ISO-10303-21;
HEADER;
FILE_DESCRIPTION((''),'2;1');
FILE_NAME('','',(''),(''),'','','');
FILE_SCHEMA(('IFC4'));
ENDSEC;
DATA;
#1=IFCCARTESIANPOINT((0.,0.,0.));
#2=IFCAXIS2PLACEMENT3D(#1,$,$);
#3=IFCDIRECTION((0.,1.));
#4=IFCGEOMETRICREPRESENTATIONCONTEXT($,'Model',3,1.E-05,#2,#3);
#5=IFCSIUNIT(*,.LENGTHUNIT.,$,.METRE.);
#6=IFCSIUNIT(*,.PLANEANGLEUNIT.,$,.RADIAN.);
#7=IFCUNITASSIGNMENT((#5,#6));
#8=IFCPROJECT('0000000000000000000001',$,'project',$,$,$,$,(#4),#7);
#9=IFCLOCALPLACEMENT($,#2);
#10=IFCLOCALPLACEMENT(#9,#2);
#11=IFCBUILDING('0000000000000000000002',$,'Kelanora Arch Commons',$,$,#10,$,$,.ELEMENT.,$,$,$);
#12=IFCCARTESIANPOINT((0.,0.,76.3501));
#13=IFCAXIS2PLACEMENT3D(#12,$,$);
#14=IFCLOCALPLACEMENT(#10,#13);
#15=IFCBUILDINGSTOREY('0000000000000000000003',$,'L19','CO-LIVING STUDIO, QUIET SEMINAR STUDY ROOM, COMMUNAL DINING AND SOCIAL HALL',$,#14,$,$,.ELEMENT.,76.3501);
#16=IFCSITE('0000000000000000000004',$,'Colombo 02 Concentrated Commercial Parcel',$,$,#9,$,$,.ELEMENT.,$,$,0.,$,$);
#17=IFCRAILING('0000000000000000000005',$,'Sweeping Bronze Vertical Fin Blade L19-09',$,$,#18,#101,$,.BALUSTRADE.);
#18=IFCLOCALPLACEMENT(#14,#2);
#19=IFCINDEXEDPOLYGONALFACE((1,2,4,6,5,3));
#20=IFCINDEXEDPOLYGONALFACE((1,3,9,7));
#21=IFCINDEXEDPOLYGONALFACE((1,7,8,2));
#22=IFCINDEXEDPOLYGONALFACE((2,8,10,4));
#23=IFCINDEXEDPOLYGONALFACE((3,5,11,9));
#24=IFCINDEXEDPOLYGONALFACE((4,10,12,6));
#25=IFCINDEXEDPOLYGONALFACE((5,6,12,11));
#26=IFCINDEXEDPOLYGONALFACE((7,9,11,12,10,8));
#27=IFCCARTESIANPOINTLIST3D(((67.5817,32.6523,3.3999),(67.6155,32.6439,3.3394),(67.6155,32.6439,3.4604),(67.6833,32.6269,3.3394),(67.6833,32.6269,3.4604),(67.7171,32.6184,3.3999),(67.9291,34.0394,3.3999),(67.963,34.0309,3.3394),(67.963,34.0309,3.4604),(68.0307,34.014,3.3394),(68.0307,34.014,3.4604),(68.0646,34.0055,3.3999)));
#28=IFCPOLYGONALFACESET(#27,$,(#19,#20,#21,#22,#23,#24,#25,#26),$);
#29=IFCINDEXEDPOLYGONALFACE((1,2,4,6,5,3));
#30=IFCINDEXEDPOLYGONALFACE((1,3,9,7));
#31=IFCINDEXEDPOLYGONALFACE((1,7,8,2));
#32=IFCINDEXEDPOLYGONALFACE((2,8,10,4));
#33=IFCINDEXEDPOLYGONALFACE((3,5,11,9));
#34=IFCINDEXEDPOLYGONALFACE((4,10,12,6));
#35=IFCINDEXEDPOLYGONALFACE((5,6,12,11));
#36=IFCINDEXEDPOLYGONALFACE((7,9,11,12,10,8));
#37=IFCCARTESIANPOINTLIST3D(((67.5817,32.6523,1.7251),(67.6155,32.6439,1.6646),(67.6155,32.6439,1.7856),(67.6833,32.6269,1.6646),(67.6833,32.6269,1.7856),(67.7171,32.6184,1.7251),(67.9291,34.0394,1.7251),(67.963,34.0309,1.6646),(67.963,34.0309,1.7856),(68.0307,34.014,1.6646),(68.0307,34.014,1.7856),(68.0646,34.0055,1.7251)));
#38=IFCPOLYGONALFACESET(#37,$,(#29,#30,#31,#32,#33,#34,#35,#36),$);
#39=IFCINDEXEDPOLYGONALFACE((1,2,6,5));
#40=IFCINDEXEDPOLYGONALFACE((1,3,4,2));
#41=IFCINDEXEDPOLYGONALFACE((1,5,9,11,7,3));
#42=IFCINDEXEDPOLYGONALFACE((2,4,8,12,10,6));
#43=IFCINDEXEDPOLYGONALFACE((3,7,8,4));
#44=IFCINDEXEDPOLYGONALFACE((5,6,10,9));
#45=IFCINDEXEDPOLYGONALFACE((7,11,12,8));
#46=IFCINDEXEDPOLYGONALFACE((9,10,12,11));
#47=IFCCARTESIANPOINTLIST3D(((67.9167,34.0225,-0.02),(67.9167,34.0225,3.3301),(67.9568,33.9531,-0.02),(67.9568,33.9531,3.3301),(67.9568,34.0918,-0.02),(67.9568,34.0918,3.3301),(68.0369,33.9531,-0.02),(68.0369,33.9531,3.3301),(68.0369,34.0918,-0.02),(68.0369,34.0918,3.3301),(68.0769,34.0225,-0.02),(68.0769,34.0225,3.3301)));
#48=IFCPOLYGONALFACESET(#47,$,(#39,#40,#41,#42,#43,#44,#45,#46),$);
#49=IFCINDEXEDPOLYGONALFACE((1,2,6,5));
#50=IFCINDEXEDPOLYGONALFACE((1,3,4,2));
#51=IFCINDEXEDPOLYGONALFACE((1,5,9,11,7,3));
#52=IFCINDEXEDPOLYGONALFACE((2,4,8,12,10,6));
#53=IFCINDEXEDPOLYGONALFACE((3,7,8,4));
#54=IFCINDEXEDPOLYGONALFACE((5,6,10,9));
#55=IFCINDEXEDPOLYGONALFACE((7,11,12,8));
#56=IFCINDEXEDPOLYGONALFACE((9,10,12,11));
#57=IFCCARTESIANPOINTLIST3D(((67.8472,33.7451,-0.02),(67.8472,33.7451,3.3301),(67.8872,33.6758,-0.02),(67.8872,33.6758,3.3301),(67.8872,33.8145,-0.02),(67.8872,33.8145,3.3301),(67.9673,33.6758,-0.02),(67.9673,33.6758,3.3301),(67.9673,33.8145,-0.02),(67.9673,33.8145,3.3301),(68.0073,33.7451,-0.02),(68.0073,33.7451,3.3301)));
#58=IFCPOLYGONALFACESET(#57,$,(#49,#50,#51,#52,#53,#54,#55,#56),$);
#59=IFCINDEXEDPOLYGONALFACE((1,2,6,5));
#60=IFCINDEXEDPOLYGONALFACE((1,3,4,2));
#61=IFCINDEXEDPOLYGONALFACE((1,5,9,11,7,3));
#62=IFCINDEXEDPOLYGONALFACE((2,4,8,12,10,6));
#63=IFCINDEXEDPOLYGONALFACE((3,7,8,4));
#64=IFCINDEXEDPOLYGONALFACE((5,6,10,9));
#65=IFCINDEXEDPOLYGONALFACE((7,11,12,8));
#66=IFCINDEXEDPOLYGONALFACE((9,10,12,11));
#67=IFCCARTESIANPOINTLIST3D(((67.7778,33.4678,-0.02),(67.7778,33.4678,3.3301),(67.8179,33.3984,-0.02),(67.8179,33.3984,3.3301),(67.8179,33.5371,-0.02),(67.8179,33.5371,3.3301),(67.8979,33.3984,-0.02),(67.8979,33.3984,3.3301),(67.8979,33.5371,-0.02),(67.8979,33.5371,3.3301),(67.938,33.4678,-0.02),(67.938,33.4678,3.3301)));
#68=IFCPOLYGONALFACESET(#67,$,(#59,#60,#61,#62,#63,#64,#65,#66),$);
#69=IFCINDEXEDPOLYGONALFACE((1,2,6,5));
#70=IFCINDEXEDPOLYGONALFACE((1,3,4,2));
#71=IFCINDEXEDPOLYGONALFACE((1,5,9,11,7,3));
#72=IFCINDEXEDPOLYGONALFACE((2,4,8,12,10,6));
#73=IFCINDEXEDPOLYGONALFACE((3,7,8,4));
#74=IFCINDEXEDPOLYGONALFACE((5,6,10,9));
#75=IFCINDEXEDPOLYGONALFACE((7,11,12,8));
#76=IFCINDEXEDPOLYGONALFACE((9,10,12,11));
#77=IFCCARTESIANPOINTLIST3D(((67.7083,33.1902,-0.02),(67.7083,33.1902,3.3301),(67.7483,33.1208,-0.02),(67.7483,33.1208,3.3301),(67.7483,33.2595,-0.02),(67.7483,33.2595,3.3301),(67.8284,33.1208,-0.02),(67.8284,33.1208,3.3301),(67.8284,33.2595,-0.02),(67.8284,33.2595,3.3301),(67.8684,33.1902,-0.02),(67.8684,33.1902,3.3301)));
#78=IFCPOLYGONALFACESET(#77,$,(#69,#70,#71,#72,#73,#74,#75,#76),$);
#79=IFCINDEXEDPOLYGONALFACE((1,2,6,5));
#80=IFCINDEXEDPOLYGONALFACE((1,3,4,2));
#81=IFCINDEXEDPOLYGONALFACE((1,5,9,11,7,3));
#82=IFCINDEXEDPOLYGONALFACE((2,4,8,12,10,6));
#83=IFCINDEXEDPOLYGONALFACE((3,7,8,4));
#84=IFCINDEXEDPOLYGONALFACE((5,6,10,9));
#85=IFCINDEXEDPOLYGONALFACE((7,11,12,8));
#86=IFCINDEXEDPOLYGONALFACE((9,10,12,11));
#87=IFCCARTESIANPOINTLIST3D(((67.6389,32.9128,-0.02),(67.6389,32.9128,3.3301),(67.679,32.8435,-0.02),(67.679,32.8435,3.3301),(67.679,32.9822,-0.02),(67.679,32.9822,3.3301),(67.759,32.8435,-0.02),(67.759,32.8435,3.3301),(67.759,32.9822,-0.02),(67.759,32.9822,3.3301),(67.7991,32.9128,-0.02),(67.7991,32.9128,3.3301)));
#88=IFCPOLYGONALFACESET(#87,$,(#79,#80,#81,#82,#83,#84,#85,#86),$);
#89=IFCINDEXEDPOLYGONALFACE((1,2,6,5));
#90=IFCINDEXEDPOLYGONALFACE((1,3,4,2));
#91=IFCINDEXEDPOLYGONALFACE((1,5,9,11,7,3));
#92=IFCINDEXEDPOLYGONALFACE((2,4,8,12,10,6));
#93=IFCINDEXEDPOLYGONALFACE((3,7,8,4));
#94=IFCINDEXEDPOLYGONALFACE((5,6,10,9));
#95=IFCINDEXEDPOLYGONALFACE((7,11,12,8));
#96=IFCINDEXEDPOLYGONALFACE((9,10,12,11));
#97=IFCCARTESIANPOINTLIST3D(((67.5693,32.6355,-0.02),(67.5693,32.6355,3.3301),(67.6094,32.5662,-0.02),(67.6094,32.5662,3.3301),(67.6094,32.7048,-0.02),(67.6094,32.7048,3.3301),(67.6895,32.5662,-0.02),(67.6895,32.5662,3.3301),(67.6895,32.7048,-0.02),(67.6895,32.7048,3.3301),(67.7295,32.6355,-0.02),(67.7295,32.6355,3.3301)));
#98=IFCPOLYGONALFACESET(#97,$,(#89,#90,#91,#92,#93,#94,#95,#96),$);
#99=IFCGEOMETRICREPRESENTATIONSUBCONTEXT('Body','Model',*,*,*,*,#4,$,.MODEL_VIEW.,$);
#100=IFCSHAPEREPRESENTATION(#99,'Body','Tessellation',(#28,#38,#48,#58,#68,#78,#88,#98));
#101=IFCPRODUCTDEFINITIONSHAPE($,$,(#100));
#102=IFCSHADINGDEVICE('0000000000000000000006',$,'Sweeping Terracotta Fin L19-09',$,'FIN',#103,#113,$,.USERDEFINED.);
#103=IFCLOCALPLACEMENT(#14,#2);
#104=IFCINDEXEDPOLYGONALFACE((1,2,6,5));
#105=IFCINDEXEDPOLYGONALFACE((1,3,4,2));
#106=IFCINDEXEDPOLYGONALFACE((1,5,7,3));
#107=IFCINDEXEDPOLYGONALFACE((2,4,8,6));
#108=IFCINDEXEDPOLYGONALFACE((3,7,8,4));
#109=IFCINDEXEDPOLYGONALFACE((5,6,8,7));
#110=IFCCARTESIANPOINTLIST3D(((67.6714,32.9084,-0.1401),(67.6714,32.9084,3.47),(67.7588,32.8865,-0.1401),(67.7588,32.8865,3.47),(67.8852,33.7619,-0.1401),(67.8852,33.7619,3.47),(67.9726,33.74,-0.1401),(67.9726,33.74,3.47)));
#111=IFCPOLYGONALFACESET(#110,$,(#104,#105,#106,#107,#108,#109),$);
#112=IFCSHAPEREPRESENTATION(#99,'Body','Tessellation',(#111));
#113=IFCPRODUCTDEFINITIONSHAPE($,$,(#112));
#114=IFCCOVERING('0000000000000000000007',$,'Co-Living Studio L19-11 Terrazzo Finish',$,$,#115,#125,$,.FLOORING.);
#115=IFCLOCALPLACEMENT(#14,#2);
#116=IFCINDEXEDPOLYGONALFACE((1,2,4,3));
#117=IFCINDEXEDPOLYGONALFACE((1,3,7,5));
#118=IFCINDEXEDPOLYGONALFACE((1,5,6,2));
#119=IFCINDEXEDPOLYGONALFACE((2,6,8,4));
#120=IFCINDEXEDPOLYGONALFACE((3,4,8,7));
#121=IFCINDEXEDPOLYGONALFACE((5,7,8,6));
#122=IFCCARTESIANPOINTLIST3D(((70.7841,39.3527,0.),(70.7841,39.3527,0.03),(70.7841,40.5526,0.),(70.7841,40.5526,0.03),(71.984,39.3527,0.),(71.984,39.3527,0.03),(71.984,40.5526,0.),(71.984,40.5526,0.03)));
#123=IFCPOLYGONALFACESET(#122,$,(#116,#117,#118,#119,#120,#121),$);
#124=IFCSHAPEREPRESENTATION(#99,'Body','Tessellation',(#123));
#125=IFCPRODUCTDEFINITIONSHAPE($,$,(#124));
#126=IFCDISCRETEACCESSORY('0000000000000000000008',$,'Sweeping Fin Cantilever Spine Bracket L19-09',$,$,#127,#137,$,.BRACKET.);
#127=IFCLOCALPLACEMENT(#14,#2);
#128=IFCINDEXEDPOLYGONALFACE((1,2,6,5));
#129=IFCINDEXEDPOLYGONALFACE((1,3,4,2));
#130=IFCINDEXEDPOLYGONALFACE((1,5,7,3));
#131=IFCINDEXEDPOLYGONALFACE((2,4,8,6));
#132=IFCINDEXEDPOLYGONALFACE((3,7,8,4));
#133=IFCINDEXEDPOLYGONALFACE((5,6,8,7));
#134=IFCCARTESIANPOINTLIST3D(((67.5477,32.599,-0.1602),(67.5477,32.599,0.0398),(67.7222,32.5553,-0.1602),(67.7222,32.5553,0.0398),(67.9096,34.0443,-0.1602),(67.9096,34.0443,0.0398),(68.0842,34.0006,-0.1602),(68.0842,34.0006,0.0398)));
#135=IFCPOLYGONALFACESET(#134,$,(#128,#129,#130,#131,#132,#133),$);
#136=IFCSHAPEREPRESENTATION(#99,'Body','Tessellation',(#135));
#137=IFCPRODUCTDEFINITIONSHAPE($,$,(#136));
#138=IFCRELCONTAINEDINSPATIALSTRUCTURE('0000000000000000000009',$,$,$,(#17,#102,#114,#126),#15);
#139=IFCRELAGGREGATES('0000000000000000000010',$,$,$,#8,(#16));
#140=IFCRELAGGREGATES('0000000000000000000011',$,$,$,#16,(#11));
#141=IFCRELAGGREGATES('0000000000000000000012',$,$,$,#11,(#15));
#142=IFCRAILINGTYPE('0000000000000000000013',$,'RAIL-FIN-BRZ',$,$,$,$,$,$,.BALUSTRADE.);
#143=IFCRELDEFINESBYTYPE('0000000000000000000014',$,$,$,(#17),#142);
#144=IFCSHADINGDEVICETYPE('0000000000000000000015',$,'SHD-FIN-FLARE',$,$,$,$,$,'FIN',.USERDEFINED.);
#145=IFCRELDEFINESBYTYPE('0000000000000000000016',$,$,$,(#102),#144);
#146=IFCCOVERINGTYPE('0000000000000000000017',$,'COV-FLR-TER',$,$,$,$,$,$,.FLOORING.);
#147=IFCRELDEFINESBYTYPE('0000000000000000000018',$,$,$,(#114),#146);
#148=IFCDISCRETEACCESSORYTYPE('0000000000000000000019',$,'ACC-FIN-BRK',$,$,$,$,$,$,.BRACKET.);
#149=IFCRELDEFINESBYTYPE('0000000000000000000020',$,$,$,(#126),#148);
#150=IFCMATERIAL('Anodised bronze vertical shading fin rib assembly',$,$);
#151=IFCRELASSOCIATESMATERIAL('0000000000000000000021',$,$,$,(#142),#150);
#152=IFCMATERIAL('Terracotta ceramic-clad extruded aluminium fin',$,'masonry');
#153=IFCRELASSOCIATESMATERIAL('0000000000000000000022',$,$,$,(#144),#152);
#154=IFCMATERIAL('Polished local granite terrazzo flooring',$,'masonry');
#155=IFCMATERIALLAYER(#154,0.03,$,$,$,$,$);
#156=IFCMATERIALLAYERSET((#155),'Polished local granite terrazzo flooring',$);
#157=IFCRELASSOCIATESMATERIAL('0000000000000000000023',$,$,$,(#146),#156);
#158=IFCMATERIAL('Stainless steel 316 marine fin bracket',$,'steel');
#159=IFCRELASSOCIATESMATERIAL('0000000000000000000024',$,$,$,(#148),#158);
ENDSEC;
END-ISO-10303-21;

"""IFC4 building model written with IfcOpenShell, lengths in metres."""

from ifc_helpers import new_model, si_unit, direction, frame, origin, origin_2d, place, context, subcontext, project, spatial, polyline, rectangle, outline, extrude, source, transform, mapped, material, layer, layer_set, type_object, element, save


model = new_model("IFC4")

# Units and contexts
model_context = context("Model", 3, precision=1e-05, world=origin(), true_north=direction((0.0, 1.0)))
body_context = subcontext(model_context, "Body", "Model", "MODEL_VIEW")
ifc_project = project(units=[si_unit("LENGTHUNIT", "METRE"), si_unit("PLANEANGLEUNIT", "RADIAN")], contexts=[model_context])

# Site, building, storey
site_placement = place(None, origin())
site = spatial("IfcSite", under=ifc_project, at=site_placement, Name="Colombo 02 Concentrated Commercial Parcel", CompositionType="ELEMENT", RefElevation=0.0)
building_placement = place(site_placement, origin())
building = spatial("IfcBuilding", under=site, at=building_placement, Name="Kelanora Arch Commons", CompositionType="ELEMENT")
storey_placement = place(building_placement, frame((0.0, 0.0, 76.3501)))
storey = spatial("IfcBuildingStorey", under=building, at=storey_placement, Name="L19", Description="CO-LIVING STUDIO, QUIET SEMINAR STUDY ROOM, COMMUNAL DINING AND SOCIAL HALL", CompositionType="ELEMENT", Elevation=76.3501)

# Railing
ifc_material_1 = material(Name="Anodised bronze vertical shading fin rib assembly")
railing_type = type_object("IfcRailingType", Name="RAIL-FIN-BRZ", PredefinedType="BALUSTRADE", material=ifc_material_1)
railing_placement = place(storey_placement, frame((67.9968, 34.0225, -0.02)))
element("IfcRailing", 1, at=railing_placement, inside=storey, type_object=railing_type, Name="Sweeping Bronze Vertical Fin Blade L19-09", PredefinedType="BALUSTRADE", context=body_context, shape_type="SweptSolid", body=[
    extrude(outline(polyline([(0.0698, 0.0), (0.0349, 0.0605), (-0.0349, 0.0605), (-0.0698, 0.0), (-0.0349, -0.0605), (0.0349, -0.0605), (0.0698, 0.0)])), frame((0.0, 0.0, 3.4199), z_axis=(-0.242978, -0.970032, 0.0), x_axis=(0.970032, -0.242978, 0.0)), (0.0, 0.0, 1.0), 1.4299),
    extrude(outline(polyline([(0.0698, 0.0), (0.0349, 0.0605), (-0.0349, 0.0605), (-0.0698, 0.0), (-0.0349, -0.0605), (0.0349, -0.0605), (0.0698, 0.0)])), frame((0.0, 0.0, 1.7451), z_axis=(-0.242978, -0.970032, 0.0), x_axis=(0.970032, -0.242978, 0.0)), (0.0, 0.0, 1.0), 1.4299),
    extrude(outline(polyline([(0.0801, 0.0), (0.04, 0.0693), (-0.04, 0.0693), (-0.0801, 0.0), (-0.04, -0.0693), (0.04, -0.0693), (0.0801, 0.0)])), origin(), (0.0, 0.0, 1.0), 3.3501),
    extrude(outline(polyline([(0.0801, 0.0), (0.04, 0.0693), (-0.04, 0.0693), (-0.0801, 0.0), (-0.04, -0.0693), (0.04, -0.0693), (0.0801, 0.0)])), frame((-0.0696, -0.2773, 0.0)), (0.0, 0.0, 1.0), 3.3501),
    extrude(outline(polyline([(0.0801, 0.0), (0.04, 0.0693), (-0.04, 0.0693), (-0.0801, 0.0), (-0.04, -0.0693), (0.04, -0.0693), (0.0801, 0.0)])), frame((-0.1389, -0.5547, 0.0)), (0.0, 0.0, 1.0), 3.3501),
    extrude(outline(polyline([(0.0801, 0.0), (0.04, 0.0693), (-0.04, 0.0693), (-0.0801, 0.0), (-0.04, -0.0693), (0.04, -0.0693), (0.0801, 0.0)])), frame((-0.2085, -0.8323, 0.0)), (0.0, 0.0, 1.0), 3.3501),
    extrude(outline(polyline([(0.0801, 0.0), (0.04, 0.0693), (-0.04, 0.0693), (-0.0801, 0.0), (-0.04, -0.0693), (0.04, -0.0693), (0.0801, 0.0)])), frame((-0.2778, -1.1096, 0.0)), (0.0, 0.0, 1.0), 3.3501),
    extrude(outline(polyline([(0.0801, 0.0), (0.04, 0.0693), (-0.04, 0.0693), (-0.0801, 0.0), (-0.04, -0.0693), (0.04, -0.0693), (0.0801, 0.0)])), frame((-0.3474, -1.387, 0.0)), (0.0, 0.0, 1.0), 3.3501),
])

# Shading device
ifc_material_2 = material(Name="Terracotta ceramic-clad extruded aluminium fin", Category="masonry")
shading_device_type = type_object("IfcShadingDeviceType", Name="SHD-FIN-FLARE", ElementType="FIN", PredefinedType="USERDEFINED", material=ifc_material_2)
shared_shape_1 = source(origin(), body_context, "Body", "SweptSolid", [
    extrude(rectangle(XDim=0.8799, YDim=0.0901, at=origin_2d()), origin(), (0.0, 0.0, 1.0), 3.6101),
])
shading_device_placement = place(storey_placement, frame((67.822, 33.3242, -0.1401), z_axis=(0.0, 0.0, 1.0), x_axis=(-0.242938, -0.970042, 0.0)))
element("IfcShadingDevice", 2, at=shading_device_placement, inside=storey, type_object=shading_device_type, Name="Sweeping Terracotta Fin L19-09", ObjectType="FIN", PredefinedType="USERDEFINED", context=body_context, shape_type="MappedRepresentation", body=[
    mapped(shared_shape_1, transform((0.0, 0.0, 0.0), scale=1.0)),
])

# Covering
ifc_material_3 = material(Name="Polished local granite terrazzo flooring", Category="masonry")
ifc_layer_1 = layer(ifc_material_3, 0.03)
ifc_layer_set_1 = layer_set([ifc_layer_1], Name="Polished local granite terrazzo flooring")
covering_type = type_object("IfcCoveringType", Name="COV-FLR-TER", PredefinedType="FLOORING", material=ifc_layer_set_1)
shared_shape_2 = source(origin(), body_context, "Body", "SweptSolid", [
    extrude(rectangle(XDim=1.2, YDim=1.2, at=origin_2d()), origin(), (0.0, 0.0, 1.0), 0.03),
])
covering_placement = place(storey_placement, frame((71.384, 39.9526, 0.0), z_axis=(0.0, 0.0, 1.0), x_axis=(1.0, 0.0, 0.0)))
element("IfcCovering", 3, at=covering_placement, inside=storey, type_object=covering_type, Name="Co-Living Studio L19-11 Terrazzo Finish", PredefinedType="FLOORING", context=body_context, shape_type="MappedRepresentation", body=[
    mapped(shared_shape_2, transform((0.0, 0.0, 0.0), scale=1.0)),
])

# Discrete accessory
ifc_material_4 = material(Name="Stainless steel 316 marine fin bracket", Category="steel")
discrete_accessory_type = type_object("IfcDiscreteAccessoryType", Name="ACC-FIN-BRK", PredefinedType="BRACKET", material=ifc_material_4)
shared_shape_3 = source(origin(), body_context, "Body", "SweptSolid", [
    extrude(rectangle(XDim=1.49, YDim=0.1799, at=origin_2d()), origin(), (0.0, 0.0, 1.0), 0.2),
])
discrete_accessory_placement = place(storey_placement, frame((67.8159, 33.2998, -0.1602), z_axis=(0.0, 0.0, 1.0), x_axis=(-0.242938, -0.970042, 0.0)))
element("IfcDiscreteAccessory", 4, at=discrete_accessory_placement, inside=storey, type_object=discrete_accessory_type, Name="Sweeping Fin Cantilever Spine Bracket L19-09", PredefinedType="BRACKET", context=body_context, shape_type="MappedRepresentation", body=[
    mapped(shared_shape_3, transform((0.0, 0.0, 0.0), scale=1.0)),
])

save(model, "model.ifc")
